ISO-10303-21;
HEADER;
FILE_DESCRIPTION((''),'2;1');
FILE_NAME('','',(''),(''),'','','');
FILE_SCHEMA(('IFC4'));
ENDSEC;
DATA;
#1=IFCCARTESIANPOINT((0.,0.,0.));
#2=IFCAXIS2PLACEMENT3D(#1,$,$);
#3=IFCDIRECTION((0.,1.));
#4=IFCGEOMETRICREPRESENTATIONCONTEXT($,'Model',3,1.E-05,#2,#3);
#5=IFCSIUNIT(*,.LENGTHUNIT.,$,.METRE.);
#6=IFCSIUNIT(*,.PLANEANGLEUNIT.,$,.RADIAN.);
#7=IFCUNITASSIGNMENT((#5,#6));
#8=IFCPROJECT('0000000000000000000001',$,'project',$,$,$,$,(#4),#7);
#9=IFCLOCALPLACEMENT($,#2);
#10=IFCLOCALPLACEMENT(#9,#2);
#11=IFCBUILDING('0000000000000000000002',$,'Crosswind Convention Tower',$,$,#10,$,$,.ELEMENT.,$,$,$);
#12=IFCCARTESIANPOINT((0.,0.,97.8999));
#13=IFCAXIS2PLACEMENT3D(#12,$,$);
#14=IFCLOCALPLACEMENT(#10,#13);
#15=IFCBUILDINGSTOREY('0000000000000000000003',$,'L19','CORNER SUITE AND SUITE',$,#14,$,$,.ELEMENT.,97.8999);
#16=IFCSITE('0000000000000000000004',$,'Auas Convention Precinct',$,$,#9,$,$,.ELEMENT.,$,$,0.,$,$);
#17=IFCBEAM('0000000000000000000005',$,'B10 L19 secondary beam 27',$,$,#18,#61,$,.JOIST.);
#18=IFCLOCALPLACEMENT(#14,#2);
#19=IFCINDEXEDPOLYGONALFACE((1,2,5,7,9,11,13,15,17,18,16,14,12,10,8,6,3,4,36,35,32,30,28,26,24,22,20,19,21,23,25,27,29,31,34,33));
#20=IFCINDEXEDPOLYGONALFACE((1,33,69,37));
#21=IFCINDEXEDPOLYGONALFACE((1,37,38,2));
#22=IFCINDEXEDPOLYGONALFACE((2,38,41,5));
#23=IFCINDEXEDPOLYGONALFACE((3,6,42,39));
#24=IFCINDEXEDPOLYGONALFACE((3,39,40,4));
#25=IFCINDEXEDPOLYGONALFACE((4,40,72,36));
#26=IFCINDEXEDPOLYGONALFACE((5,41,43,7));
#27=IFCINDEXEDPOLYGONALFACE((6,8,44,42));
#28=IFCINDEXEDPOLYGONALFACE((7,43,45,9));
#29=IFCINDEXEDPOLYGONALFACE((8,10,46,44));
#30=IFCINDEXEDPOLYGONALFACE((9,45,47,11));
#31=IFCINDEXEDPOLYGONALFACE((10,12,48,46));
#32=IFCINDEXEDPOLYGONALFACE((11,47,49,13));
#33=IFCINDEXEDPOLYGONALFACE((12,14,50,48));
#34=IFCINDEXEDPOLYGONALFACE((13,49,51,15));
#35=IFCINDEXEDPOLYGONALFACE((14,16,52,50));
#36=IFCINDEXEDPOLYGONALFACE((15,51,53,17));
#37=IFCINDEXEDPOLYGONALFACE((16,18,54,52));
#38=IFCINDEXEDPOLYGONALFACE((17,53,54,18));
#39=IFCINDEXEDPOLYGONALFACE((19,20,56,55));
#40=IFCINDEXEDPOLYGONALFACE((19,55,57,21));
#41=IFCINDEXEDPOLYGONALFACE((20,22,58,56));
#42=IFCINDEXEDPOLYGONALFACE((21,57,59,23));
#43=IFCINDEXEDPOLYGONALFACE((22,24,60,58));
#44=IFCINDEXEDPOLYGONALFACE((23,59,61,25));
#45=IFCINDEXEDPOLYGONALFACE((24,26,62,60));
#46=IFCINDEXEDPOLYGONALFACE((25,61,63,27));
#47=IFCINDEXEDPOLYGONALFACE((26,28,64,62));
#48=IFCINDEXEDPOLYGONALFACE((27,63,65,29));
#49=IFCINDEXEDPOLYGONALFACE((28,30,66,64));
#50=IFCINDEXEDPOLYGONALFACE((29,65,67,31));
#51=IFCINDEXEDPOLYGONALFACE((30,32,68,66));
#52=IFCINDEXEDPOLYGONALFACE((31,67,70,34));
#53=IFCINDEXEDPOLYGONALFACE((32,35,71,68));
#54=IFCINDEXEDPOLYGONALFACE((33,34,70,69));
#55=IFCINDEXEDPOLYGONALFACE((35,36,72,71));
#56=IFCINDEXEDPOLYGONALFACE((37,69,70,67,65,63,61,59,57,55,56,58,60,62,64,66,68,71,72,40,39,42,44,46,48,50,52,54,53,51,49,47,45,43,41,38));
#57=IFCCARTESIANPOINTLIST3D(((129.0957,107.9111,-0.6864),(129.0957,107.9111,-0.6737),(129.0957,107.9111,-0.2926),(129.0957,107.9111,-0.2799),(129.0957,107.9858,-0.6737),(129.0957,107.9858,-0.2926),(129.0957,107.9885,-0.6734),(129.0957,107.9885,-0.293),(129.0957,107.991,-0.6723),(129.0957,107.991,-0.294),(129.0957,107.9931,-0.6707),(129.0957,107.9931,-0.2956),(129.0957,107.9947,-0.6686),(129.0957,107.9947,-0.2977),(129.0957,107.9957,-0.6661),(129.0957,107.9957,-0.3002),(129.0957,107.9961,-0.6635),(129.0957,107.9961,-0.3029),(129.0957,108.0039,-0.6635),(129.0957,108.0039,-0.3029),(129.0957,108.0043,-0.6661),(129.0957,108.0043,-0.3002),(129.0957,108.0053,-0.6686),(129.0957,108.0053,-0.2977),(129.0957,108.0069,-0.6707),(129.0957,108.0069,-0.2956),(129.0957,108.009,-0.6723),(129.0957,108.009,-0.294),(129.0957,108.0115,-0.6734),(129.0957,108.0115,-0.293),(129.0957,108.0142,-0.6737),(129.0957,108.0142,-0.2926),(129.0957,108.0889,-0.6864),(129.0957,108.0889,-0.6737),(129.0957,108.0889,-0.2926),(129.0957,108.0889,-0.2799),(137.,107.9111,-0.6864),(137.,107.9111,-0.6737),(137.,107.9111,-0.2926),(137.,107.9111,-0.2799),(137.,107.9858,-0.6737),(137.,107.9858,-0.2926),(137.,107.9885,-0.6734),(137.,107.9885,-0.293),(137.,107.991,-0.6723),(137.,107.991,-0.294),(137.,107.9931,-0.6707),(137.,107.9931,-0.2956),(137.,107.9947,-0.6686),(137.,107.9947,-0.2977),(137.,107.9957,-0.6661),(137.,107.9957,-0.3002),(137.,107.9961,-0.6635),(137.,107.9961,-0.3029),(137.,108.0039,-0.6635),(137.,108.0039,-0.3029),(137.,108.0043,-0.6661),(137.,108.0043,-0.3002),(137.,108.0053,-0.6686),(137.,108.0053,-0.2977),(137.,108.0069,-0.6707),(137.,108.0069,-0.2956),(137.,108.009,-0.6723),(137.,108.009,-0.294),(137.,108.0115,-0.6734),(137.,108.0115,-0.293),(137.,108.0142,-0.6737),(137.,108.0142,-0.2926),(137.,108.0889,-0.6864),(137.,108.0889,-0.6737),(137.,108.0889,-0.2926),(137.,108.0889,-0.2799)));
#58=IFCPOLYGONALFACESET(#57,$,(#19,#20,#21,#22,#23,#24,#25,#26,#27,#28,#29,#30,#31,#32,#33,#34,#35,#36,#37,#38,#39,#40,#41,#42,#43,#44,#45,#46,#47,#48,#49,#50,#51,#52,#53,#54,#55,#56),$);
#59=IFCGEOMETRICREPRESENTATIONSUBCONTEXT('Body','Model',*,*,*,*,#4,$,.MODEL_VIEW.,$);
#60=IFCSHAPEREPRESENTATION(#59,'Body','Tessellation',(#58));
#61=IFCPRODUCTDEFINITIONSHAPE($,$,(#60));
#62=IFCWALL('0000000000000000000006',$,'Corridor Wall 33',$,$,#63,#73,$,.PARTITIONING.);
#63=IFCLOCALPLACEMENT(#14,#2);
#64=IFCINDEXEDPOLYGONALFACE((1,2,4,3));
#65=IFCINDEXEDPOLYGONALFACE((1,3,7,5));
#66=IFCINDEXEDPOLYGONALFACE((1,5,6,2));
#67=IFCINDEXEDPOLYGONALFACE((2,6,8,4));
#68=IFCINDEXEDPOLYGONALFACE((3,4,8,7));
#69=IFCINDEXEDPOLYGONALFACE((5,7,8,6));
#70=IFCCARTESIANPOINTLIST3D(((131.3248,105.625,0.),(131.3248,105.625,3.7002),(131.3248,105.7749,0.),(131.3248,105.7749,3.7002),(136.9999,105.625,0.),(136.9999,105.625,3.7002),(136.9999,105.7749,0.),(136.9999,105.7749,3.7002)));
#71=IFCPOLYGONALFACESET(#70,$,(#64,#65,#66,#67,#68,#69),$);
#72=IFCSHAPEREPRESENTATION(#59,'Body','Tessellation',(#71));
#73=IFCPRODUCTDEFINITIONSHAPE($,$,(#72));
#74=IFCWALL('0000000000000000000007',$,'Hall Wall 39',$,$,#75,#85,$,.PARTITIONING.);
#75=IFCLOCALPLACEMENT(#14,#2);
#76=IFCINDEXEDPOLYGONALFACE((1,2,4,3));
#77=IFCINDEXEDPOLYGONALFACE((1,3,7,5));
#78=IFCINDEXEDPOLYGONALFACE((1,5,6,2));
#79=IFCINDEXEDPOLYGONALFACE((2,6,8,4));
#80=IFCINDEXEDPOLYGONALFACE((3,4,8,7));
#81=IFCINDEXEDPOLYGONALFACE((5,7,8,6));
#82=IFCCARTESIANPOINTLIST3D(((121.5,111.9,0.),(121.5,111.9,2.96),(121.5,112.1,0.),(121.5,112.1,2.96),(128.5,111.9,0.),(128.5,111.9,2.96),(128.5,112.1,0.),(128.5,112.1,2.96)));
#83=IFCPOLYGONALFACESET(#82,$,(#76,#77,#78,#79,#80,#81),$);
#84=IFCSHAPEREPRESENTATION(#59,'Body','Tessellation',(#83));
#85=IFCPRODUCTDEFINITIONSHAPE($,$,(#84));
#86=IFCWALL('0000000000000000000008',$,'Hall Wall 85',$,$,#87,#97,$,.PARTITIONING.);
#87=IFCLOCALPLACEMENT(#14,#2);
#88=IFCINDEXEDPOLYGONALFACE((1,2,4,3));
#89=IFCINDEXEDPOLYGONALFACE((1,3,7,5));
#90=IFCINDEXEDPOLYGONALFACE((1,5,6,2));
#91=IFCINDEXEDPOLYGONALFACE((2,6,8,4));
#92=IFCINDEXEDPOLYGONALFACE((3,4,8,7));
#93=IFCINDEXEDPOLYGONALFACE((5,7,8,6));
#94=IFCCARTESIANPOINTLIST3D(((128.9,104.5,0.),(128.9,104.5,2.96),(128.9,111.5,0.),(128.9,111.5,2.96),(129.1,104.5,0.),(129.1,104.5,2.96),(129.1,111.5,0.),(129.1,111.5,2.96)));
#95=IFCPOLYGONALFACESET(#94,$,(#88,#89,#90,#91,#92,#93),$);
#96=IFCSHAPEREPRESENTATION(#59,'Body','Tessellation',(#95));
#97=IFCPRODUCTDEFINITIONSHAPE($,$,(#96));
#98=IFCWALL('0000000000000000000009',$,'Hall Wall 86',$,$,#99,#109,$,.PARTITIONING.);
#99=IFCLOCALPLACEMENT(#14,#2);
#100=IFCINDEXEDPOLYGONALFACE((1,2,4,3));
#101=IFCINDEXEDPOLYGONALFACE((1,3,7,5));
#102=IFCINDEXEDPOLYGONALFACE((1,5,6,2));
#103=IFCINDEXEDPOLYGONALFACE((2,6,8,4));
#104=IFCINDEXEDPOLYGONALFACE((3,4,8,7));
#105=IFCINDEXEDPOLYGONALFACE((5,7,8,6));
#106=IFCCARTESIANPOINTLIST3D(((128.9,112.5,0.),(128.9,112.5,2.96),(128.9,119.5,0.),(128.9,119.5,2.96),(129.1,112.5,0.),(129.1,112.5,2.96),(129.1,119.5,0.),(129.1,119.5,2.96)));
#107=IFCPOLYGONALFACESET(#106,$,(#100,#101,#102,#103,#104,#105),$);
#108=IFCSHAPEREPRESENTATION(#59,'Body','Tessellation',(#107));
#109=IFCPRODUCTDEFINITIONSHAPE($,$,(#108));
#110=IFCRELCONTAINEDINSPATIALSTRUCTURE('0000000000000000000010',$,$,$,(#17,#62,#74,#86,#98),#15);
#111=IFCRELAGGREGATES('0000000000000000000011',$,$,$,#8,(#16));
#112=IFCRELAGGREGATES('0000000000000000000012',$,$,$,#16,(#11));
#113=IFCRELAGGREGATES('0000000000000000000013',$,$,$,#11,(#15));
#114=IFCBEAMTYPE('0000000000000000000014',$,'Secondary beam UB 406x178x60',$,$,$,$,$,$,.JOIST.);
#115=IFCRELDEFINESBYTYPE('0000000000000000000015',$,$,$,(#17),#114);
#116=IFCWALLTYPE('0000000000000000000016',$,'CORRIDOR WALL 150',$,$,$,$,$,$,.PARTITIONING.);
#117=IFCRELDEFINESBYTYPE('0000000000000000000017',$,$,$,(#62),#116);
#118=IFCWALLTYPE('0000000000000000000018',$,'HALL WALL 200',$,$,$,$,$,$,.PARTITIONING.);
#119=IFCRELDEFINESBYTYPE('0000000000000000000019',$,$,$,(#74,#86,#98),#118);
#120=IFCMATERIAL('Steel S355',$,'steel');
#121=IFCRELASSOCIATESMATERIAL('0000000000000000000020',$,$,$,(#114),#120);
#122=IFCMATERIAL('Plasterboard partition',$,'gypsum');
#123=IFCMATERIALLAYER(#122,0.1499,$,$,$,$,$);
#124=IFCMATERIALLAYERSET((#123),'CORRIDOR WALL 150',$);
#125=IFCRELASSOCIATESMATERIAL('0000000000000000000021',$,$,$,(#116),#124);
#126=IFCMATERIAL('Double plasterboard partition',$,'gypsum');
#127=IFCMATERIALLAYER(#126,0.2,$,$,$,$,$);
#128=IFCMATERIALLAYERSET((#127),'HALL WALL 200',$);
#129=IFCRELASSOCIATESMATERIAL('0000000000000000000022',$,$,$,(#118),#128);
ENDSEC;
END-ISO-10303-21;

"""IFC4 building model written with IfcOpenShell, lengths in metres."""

from ifc_helpers import new_model, si_unit, direction, frame, frame_2d, origin, origin_2d, place, context, subcontext, project, spatial, rectangle, i_section, extrude, material, layer, layer_set, material_profile, profile_set, type_object, element, save


model = new_model("IFC4")

# Units and contexts
model_context = context("Model", 3, precision=1e-05, world=origin(), true_north=direction((0.0, 1.0)))
body_context = subcontext(model_context, "Body", "Model", "MODEL_VIEW")
ifc_project = project(units=[si_unit("LENGTHUNIT", "METRE"), si_unit("PLANEANGLEUNIT", "RADIAN")], contexts=[model_context])

# Site, building, storey
site_placement = place(None, origin())
site = spatial("IfcSite", under=ifc_project, at=site_placement, Name="Auas Convention Precinct", CompositionType="ELEMENT", RefElevation=0.0)
building_placement = place(site_placement, origin())
building = spatial("IfcBuilding", under=site, at=building_placement, Name="Crosswind Convention Tower", CompositionType="ELEMENT")
storey_placement = place(building_placement, frame((0.0, 0.0, 97.8999)))
storey = spatial("IfcBuildingStorey", under=building, at=storey_placement, Name="L19", Description="CORNER SUITE AND SUITE", CompositionType="ELEMENT", Elevation=97.8999)

# Beam
ifc_material_1 = material(Name="Steel S355", Category="steel")
ifc_material_profile_1 = material_profile(ifc_material_1, i_section(OverallWidth=0.1777, OverallDepth=0.4065, WebThickness=0.0078, FlangeThickness=0.0127, FilletRadius=0.0103, at=origin_2d()), Name="UB 406x178x60")
ifc_profile_set_1 = profile_set([ifc_material_profile_1], Name="Steel S355")
beam_type_1 = type_object("IfcBeamType", Name="Secondary beam UB 406x178x60", PredefinedType="JOIST", material=ifc_profile_set_1)
for number, where, z_axis, x_axis, name in (
    (1, (129.0957, 108.0, -0.4832), (1.0, 0.0, 0.0), (0.0, 1.0, 0.0), "B10 L19 secondary beam 27"),
):
    element("IfcBeam", number, at=place(storey_placement, frame(where, z_axis=z_axis, x_axis=x_axis)), inside=storey, type_object=beam_type_1, Name=name, PredefinedType="JOIST", context=body_context, shape_type="SweptSolid", body=[
        extrude(i_section(OverallWidth=0.1777, OverallDepth=0.4065, WebThickness=0.0078, FlangeThickness=0.0127, FilletRadius=0.0103, at=origin_2d()), origin(), (0.0, 0.0, 1.0), 7.9043),
    ])

# Walls
ifc_material_2 = material(Name="Plasterboard partition", Category="gypsum")
ifc_layer_1 = layer(ifc_material_2, 0.1499)
ifc_layer_set_1 = layer_set([ifc_layer_1], Name="CORRIDOR WALL 150")
wall_type_1 = type_object("IfcWallType", Name="CORRIDOR WALL 150", PredefinedType="PARTITIONING", material=ifc_layer_set_1)
wall_1_placement = place(storey_placement, frame((131.325, 105.7, 0.0), z_axis=(0.0, 0.0, 1.0), x_axis=(1.0, 0.0, 0.0)))
element("IfcWall", 2, at=wall_1_placement, inside=storey, type_object=wall_type_1, Name="Corridor Wall 33", PredefinedType="PARTITIONING", context=body_context, shape_type="SweptSolid", body=[
    extrude(rectangle(XDim=5.675, YDim=0.1499, at=frame_2d((2.8374, 0.0))), origin(), (0.0, 0.0, 1.0), 3.7002),
])
ifc_material_3 = material(Name="Double plasterboard partition", Category="gypsum")
ifc_layer_2 = layer(ifc_material_3, 0.2)
ifc_layer_set_2 = layer_set([ifc_layer_2], Name="HALL WALL 200")
wall_type_2 = type_object("IfcWallType", Name="HALL WALL 200", PredefinedType="PARTITIONING", material=ifc_layer_set_2)
wall_2_placement = place(storey_placement, frame((121.5, 112.0, 0.0), z_axis=(0.0, 0.0, 1.0), x_axis=(1.0, 0.0, 0.0)))
element("IfcWall", 3, at=wall_2_placement, inside=storey, type_object=wall_type_2, Name="Hall Wall 39", PredefinedType="PARTITIONING", context=body_context, shape_type="SweptSolid", body=[
    extrude(rectangle(XDim=7.0, YDim=0.2, at=frame_2d((3.5, 0.0))), origin(), (0.0, 0.0, 1.0), 2.96),
])

# Walls
for number, where, z_axis, x_axis, name in (
    (4, (129.0, 104.5, 0.0), (0.0, 0.0, 1.0), (0.0, 1.0, 0.0), "Hall Wall 85"),
    (5, (129.0, 112.5, 0.0), (0.0, 0.0, 1.0), (0.0, 1.0, 0.0), "Hall Wall 86"),
):
    element("IfcWall", number, at=place(storey_placement, frame(where, z_axis=z_axis, x_axis=x_axis)), inside=storey, type_object=wall_type_2, Name=name, PredefinedType="PARTITIONING", context=body_context, shape_type="SweptSolid", body=[
        extrude(rectangle(XDim=7.0, YDim=0.2, at=frame_2d((3.5, 0.0))), origin(), (0.0, 0.0, 1.0), 2.96),
    ])

save(model, "model.ifc")
